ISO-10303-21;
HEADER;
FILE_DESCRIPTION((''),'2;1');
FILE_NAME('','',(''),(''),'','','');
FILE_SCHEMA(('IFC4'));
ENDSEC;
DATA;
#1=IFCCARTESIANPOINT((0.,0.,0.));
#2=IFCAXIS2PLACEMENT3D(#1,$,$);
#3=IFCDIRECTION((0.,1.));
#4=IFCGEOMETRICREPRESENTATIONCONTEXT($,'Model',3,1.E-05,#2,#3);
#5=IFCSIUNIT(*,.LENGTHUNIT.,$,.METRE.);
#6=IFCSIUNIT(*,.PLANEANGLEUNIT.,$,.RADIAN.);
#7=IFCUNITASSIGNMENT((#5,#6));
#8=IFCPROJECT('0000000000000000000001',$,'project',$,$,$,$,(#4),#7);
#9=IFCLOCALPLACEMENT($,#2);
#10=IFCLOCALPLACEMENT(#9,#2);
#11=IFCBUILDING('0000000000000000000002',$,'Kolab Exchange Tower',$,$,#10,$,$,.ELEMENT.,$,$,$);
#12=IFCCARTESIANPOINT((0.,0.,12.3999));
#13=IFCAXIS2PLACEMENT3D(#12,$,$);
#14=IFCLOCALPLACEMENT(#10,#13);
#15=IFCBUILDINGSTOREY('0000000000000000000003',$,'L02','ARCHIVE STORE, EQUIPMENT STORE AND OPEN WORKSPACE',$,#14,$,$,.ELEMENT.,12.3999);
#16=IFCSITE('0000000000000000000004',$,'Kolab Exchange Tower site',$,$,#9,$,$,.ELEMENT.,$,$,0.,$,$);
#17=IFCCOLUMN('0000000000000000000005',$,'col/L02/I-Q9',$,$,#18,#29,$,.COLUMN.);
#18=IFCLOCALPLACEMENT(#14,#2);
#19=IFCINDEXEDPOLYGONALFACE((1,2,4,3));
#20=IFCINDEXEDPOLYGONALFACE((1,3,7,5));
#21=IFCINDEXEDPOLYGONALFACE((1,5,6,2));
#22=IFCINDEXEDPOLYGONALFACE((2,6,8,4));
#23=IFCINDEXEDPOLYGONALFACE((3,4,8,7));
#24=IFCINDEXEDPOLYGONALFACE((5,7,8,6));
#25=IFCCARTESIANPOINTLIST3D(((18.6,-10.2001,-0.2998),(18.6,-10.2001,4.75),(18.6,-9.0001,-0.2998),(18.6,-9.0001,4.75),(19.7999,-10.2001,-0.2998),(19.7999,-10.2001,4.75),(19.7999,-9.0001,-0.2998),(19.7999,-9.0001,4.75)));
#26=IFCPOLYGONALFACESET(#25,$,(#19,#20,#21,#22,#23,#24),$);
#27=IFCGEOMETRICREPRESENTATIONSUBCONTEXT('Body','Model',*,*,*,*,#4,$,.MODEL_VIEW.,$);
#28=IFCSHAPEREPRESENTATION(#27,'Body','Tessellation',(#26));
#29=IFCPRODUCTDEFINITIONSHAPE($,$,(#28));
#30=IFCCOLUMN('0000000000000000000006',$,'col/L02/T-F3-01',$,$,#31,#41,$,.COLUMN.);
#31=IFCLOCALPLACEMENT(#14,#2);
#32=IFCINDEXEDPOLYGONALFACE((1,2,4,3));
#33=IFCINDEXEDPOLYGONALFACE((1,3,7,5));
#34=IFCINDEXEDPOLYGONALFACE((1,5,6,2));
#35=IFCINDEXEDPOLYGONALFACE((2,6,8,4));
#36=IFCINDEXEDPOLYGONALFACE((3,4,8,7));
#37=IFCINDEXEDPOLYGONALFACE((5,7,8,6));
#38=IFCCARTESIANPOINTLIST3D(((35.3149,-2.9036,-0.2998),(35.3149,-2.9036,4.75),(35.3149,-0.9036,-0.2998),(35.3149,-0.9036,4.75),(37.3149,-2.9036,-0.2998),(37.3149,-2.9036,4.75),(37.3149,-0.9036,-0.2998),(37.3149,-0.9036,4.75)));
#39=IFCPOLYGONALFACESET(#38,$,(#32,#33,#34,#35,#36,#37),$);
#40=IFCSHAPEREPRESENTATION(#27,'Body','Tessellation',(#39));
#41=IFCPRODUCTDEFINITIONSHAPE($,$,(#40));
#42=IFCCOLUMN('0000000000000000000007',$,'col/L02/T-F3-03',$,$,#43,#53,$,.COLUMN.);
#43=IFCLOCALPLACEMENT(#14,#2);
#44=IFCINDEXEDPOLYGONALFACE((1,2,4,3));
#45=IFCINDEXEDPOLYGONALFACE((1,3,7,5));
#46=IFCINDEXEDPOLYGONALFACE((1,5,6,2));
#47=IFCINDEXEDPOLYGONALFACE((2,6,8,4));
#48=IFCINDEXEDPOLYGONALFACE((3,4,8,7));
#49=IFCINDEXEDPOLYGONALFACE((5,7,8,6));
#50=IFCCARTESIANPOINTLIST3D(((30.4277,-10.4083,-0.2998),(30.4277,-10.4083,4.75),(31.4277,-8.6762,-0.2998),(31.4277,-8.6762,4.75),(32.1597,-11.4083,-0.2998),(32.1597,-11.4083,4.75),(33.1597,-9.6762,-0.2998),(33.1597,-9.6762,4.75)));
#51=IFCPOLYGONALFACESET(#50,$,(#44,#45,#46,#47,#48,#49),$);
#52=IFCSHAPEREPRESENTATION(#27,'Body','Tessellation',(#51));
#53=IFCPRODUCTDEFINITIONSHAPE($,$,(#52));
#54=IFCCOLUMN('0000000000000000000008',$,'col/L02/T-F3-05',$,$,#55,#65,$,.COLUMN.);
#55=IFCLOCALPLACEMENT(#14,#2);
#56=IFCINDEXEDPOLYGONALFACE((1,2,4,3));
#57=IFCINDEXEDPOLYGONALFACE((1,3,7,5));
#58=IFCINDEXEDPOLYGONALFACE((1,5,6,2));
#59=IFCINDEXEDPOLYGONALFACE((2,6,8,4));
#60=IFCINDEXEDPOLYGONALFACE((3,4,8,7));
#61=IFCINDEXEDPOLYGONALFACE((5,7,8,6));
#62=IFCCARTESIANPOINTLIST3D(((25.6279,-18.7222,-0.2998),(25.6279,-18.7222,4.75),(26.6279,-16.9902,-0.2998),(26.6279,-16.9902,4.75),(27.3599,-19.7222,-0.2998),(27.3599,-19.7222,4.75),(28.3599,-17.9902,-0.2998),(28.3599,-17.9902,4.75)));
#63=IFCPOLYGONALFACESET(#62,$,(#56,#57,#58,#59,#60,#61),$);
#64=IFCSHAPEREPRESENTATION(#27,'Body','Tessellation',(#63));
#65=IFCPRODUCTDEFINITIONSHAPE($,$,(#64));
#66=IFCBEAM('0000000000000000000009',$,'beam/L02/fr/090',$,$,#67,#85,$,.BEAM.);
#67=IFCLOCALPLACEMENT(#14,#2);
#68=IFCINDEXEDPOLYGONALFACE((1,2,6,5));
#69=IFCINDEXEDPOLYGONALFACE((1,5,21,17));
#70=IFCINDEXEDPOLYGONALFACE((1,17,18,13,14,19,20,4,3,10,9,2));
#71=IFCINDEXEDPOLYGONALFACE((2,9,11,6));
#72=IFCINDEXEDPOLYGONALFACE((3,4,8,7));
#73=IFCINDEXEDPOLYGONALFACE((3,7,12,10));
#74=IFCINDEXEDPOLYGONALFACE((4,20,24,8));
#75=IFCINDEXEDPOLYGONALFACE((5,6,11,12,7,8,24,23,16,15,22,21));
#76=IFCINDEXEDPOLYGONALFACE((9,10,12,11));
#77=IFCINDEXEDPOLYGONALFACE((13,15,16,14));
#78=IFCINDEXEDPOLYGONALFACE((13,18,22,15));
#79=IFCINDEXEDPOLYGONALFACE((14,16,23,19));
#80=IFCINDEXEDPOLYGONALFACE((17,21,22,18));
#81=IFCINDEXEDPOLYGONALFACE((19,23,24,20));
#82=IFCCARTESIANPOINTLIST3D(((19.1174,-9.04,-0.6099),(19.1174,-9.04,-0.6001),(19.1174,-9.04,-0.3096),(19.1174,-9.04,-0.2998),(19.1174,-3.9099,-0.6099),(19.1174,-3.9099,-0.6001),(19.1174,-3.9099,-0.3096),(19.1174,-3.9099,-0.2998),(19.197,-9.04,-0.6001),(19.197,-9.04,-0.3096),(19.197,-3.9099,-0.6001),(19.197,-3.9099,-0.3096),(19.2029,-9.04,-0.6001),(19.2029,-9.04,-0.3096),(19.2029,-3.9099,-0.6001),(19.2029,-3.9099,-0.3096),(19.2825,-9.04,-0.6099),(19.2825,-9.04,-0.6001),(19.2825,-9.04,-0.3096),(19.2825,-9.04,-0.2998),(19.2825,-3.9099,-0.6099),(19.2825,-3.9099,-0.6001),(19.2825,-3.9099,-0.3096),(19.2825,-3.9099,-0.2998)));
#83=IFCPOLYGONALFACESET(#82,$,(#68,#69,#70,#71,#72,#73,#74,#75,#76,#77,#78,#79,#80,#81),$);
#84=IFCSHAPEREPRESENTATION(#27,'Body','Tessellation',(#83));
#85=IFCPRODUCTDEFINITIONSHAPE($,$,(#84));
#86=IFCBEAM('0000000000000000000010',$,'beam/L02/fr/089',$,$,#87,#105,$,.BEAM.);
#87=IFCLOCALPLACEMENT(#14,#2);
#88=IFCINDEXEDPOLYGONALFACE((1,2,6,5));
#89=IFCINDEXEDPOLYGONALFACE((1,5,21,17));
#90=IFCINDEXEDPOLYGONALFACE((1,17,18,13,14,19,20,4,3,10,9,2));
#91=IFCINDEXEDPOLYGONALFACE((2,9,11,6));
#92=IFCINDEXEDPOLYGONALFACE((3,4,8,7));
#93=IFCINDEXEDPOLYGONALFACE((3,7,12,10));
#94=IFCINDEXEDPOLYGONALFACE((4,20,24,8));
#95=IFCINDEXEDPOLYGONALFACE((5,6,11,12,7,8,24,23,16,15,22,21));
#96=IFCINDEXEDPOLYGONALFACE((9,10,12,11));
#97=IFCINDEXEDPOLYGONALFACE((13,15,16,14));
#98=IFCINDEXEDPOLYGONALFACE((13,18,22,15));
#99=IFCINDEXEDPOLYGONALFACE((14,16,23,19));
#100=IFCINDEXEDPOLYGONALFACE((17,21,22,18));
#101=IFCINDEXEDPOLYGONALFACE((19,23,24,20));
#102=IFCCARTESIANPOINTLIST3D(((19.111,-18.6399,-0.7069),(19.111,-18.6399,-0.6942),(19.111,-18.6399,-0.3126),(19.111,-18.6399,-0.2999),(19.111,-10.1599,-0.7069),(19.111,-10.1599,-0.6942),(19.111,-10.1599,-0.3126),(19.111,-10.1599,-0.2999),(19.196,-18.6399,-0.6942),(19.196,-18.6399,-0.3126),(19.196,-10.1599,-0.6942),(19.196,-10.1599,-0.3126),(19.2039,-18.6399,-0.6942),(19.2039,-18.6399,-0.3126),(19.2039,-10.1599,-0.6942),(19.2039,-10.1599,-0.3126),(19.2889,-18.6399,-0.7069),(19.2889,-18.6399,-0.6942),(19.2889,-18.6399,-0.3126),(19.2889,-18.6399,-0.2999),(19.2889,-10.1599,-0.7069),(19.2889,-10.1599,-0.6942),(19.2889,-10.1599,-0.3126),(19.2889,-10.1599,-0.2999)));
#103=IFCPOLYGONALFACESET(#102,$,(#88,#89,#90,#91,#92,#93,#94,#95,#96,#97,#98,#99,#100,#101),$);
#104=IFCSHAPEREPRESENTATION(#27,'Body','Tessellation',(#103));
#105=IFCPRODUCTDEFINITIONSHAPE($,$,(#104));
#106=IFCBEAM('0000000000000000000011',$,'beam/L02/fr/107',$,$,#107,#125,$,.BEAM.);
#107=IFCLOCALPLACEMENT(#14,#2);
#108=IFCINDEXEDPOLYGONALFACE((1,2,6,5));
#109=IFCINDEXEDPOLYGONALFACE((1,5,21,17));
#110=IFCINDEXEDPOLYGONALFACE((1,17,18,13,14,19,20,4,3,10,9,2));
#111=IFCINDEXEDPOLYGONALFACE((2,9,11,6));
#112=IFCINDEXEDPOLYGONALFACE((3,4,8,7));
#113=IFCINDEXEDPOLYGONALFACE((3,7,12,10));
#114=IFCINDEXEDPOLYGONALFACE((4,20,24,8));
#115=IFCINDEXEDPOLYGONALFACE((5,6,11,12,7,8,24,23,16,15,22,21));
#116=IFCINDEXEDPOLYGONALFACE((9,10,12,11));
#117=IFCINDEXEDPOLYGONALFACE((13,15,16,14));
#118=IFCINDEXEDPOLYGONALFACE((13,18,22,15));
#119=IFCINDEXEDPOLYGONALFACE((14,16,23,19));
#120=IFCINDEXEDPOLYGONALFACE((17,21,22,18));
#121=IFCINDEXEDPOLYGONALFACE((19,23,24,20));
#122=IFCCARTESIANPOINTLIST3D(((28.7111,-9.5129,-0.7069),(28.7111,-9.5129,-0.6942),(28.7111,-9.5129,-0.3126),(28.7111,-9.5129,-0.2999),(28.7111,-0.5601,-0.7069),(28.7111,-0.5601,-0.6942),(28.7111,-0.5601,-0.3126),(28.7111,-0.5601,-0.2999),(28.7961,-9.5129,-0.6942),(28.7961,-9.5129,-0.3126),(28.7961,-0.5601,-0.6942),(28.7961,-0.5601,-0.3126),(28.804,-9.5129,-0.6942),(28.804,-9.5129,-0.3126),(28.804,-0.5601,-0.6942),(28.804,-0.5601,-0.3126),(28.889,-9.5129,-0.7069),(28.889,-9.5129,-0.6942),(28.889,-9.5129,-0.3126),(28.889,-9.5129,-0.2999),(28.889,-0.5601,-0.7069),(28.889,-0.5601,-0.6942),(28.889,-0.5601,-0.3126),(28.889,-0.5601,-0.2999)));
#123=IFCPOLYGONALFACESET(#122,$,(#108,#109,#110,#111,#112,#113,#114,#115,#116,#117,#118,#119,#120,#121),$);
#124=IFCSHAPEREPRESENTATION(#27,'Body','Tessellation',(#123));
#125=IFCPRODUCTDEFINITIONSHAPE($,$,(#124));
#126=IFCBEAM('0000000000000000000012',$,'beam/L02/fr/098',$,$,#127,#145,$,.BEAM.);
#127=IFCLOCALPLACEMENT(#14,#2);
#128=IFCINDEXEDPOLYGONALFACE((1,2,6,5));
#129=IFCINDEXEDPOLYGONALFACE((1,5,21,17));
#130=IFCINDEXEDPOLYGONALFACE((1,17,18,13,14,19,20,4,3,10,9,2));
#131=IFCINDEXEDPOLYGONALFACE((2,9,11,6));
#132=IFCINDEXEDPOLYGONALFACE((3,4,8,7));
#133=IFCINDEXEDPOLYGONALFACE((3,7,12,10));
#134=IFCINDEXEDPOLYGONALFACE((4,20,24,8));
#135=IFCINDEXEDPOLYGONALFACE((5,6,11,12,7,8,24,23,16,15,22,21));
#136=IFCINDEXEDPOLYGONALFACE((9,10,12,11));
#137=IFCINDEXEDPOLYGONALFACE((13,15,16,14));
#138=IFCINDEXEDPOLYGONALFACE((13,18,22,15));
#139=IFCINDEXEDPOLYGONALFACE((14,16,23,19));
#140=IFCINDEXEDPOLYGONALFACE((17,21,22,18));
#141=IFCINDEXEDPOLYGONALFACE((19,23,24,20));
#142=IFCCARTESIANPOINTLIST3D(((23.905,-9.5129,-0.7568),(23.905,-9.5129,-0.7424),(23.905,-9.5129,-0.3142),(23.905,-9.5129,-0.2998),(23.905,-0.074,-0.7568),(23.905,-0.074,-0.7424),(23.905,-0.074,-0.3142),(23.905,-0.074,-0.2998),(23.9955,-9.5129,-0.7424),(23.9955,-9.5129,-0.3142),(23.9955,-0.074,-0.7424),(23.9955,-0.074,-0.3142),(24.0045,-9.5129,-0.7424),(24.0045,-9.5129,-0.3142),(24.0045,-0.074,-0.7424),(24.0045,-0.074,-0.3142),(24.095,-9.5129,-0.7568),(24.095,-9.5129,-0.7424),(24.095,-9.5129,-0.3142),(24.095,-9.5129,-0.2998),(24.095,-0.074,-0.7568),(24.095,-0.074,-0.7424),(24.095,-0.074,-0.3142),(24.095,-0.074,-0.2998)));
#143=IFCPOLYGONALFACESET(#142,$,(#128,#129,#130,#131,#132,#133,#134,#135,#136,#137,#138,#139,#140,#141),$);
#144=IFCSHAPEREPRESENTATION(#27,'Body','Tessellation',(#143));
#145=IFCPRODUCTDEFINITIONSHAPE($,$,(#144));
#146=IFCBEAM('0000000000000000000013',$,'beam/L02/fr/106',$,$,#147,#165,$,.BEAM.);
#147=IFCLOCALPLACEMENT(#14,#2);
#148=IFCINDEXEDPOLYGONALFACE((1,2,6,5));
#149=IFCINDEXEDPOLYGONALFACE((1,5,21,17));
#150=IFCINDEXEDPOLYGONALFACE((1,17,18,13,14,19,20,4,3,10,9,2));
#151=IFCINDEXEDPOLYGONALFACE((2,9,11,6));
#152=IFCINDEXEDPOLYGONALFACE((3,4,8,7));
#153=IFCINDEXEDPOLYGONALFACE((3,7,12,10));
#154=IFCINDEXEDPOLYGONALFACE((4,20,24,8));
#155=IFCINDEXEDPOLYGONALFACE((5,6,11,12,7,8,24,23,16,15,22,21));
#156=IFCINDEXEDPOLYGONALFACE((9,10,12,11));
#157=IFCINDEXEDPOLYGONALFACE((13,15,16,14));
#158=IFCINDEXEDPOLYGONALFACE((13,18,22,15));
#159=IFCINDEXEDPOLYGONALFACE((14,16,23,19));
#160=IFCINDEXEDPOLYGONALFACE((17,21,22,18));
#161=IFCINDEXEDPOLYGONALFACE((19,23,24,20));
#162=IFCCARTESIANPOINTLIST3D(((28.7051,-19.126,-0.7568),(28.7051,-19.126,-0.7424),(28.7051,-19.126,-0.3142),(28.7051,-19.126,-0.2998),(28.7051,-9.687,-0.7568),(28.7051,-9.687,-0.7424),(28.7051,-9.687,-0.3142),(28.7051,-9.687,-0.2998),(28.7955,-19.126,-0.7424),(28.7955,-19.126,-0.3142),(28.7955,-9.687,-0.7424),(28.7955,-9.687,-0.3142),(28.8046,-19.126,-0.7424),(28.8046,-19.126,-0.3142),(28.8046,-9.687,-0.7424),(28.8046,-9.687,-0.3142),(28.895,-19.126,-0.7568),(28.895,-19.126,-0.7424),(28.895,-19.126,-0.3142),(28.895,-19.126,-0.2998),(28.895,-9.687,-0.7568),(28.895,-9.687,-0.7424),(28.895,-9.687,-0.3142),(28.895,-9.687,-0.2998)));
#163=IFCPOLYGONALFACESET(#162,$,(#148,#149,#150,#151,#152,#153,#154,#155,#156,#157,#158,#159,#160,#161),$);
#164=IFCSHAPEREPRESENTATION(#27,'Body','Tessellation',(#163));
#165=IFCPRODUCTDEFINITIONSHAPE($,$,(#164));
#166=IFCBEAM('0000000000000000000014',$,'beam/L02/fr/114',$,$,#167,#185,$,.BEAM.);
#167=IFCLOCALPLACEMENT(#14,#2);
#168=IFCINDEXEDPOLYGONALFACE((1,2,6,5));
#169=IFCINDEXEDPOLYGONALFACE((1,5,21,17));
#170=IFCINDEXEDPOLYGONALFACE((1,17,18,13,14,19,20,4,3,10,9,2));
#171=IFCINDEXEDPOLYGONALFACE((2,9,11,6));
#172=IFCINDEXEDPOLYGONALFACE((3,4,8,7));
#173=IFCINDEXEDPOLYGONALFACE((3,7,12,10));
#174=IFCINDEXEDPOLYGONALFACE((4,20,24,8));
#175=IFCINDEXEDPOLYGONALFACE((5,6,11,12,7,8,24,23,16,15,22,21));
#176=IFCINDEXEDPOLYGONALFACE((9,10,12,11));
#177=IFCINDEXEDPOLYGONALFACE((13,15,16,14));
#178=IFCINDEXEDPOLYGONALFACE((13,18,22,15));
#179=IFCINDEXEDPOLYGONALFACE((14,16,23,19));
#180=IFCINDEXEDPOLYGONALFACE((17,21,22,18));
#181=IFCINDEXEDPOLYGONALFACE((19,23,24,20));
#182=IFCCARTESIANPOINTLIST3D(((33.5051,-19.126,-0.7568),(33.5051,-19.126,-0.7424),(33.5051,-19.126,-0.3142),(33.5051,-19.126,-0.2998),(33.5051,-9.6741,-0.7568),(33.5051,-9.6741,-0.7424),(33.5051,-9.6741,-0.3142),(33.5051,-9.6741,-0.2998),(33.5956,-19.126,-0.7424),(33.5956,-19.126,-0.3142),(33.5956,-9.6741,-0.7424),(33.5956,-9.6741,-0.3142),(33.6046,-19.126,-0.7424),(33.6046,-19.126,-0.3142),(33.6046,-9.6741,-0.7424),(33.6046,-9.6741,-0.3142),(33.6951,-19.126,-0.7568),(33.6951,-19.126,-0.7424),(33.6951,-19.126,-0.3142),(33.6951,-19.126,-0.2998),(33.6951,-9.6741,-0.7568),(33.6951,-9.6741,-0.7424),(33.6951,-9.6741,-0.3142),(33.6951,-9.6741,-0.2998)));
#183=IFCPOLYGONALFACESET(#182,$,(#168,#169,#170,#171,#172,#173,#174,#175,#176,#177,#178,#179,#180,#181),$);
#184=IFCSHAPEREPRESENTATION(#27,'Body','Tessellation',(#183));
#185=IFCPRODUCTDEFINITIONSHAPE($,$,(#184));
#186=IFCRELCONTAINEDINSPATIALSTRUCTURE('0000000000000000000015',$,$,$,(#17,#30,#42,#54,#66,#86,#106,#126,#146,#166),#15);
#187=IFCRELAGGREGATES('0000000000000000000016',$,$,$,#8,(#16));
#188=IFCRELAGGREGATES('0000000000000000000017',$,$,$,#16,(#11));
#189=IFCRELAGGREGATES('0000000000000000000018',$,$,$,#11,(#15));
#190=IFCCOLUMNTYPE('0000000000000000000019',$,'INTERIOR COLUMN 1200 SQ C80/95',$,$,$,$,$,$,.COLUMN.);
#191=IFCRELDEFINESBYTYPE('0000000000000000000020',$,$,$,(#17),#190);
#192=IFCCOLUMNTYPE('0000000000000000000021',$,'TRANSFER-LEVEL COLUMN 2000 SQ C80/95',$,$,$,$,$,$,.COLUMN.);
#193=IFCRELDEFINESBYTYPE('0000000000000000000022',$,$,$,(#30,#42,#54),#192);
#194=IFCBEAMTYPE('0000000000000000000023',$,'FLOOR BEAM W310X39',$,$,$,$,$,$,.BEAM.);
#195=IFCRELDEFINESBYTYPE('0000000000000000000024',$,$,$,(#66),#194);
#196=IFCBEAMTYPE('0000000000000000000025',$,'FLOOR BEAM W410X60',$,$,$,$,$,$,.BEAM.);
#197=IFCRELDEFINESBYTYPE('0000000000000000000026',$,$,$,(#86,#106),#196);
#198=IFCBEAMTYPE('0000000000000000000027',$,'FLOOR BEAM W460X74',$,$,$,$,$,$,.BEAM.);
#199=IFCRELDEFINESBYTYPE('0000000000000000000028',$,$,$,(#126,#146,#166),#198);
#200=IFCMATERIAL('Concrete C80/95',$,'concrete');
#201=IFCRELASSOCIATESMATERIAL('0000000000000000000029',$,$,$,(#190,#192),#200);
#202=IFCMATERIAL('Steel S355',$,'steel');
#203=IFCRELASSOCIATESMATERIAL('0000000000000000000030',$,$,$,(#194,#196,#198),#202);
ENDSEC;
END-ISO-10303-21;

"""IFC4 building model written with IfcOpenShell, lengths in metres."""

from ifc_helpers import new_model, si_unit, direction, frame, origin, origin_2d, place, context, subcontext, project, spatial, rectangle, i_section, extrude, material, material_profile, profile_set, type_object, element, save


model = new_model("IFC4")

# Units and contexts
model_context = context("Model", 3, precision=1e-05, world=origin(), true_north=direction((0.0, 1.0)))
body_context = subcontext(model_context, "Body", "Model", "MODEL_VIEW")
ifc_project = project(units=[si_unit("LENGTHUNIT", "METRE"), si_unit("PLANEANGLEUNIT", "RADIAN")], contexts=[model_context])

# Site, building, storey
site_placement = place(None, origin())
site = spatial("IfcSite", under=ifc_project, at=site_placement, Name="Kolab Exchange Tower site", CompositionType="ELEMENT", RefElevation=0.0)
building_placement = place(site_placement, origin())
building = spatial("IfcBuilding", under=site, at=building_placement, Name="Kolab Exchange Tower", CompositionType="ELEMENT")
storey_placement = place(building_placement, frame((0.0, 0.0, 12.3999)))
storey = spatial("IfcBuildingStorey", under=building, at=storey_placement, Name="L02", Description="ARCHIVE STORE, EQUIPMENT STORE AND OPEN WORKSPACE", CompositionType="ELEMENT", Elevation=12.3999)

# Columns
ifc_material_1 = material(Name="Concrete C80/95", Category="concrete")
ifc_material_profile_1 = material_profile(ifc_material_1, rectangle(XDim=1.2, YDim=1.2, at=origin_2d()), Name="RC1200")
ifc_profile_set_1 = profile_set([ifc_material_profile_1], Name="Concrete C80/95")
column_type_1 = type_object("IfcColumnType", Name="INTERIOR COLUMN 1200 SQ C80/95", PredefinedType="COLUMN", material=ifc_profile_set_1)
column_placement = place(storey_placement, frame((19.2, -9.6001, -0.2998), z_axis=(0.0, 0.0, 1.0), x_axis=(1.0, 0.0, 0.0)))
element("IfcColumn", 1, at=column_placement, inside=storey, type_object=column_type_1, Name="col/L02/I-Q9", PredefinedType="COLUMN", context=body_context, shape_type="SweptSolid", body=[
    extrude(rectangle(XDim=1.2, YDim=1.2, at=origin_2d()), origin(), (0.0, 0.0, 1.0), 5.0498),
])
ifc_material_profile_2 = material_profile(ifc_material_1, rectangle(XDim=2.0, YDim=2.0, at=origin_2d()), Name="RC2000")
ifc_profile_set_2 = profile_set([ifc_material_profile_2], Name="Concrete C80/95")
column_type_2 = type_object("IfcColumnType", Name="TRANSFER-LEVEL COLUMN 2000 SQ C80/95", PredefinedType="COLUMN", material=ifc_profile_set_2)
for number, where, z_axis, x_axis, name in (
    (2, (36.3149, -1.9036, -0.2998), (0.0, 0.0, 1.0), (1.0, 0.0, 0.0), "col/L02/T-F3-01"),
    (3, (31.7937, -10.0422, -0.2998), (0.0, 0.0, 1.0), (0.5, 0.866025, 0.0), "col/L02/T-F3-03"),
    (4, (26.9939, -18.3562, -0.2998), (0.0, 0.0, 1.0), (0.5, 0.866025, 0.0), "col/L02/T-F3-05"),
):
    element("IfcColumn", number, at=place(storey_placement, frame(where, z_axis=z_axis, x_axis=x_axis)), inside=storey, type_object=column_type_2, Name=name, PredefinedType="COLUMN", context=body_context, shape_type="SweptSolid", body=[
        extrude(rectangle(XDim=2.0, YDim=2.0, at=origin_2d()), origin(), (0.0, 0.0, 1.0), 5.0498),
    ])

# Beams
ifc_material_2 = material(Name="Steel S355", Category="steel")
ifc_material_profile_3 = material_profile(ifc_material_2, i_section(OverallWidth=0.165, OverallDepth=0.3101, WebThickness=0.0059, FlangeThickness=0.0098, at=origin_2d()), Name="W310X39")
ifc_profile_set_3 = profile_set([ifc_material_profile_3], Name="Steel S355")
beam_type_1 = type_object("IfcBeamType", Name="FLOOR BEAM W310X39", PredefinedType="BEAM", material=ifc_profile_set_3)
beam_1_placement = place(storey_placement, frame((19.2, -9.04, -0.4548), z_axis=(0.0, 1.0, 0.0), x_axis=(-1.0, 0.0, 0.0)))
element("IfcBeam", 5, at=beam_1_placement, inside=storey, type_object=beam_type_1, Name="beam/L02/fr/090", PredefinedType="BEAM", context=body_context, shape_type="SweptSolid", body=[
    extrude(i_section(OverallWidth=0.165, OverallDepth=0.3101, WebThickness=0.0059, FlangeThickness=0.0098, at=origin_2d()), origin(), (0.0, 0.0, 1.0), 5.1301),
])
ifc_material_profile_4 = material_profile(ifc_material_2, i_section(OverallWidth=0.178, OverallDepth=0.407, WebThickness=0.0078, FlangeThickness=0.0127, at=origin_2d()), Name="W410X60")
ifc_profile_set_4 = profile_set([ifc_material_profile_4], Name="Steel S355")
beam_type_2 = type_object("IfcBeamType", Name="FLOOR BEAM W410X60", PredefinedType="BEAM", material=ifc_profile_set_4)
beam_2_placement = place(storey_placement, frame((19.2, -18.6399, -0.5034), z_axis=(0.0, 1.0, 0.0), x_axis=(-1.0, 0.0, 0.0)))
element("IfcBeam", 6, at=beam_2_placement, inside=storey, type_object=beam_type_2, Name="beam/L02/fr/089", PredefinedType="BEAM", context=body_context, shape_type="SweptSolid", body=[
    extrude(i_section(OverallWidth=0.178, OverallDepth=0.407, WebThickness=0.0078, FlangeThickness=0.0127, at=origin_2d()), origin(), (0.0, 0.0, 1.0), 8.48),
])
beam_3_placement = place(storey_placement, frame((28.8, -9.5129, -0.5034), z_axis=(0.0, 1.0, 0.0), x_axis=(-1.0, 0.0, 0.0)))
element("IfcBeam", 7, at=beam_3_placement, inside=storey, type_object=beam_type_2, Name="beam/L02/fr/107", PredefinedType="BEAM", context=body_context, shape_type="SweptSolid", body=[
    extrude(i_section(OverallWidth=0.178, OverallDepth=0.407, WebThickness=0.0078, FlangeThickness=0.0127, at=origin_2d()), origin(), (0.0, 0.0, 1.0), 8.9529),
])
ifc_material_profile_5 = material_profile(ifc_material_2, i_section(OverallWidth=0.1899, OverallDepth=0.457, WebThickness=0.009, FlangeThickness=0.0144, at=origin_2d()), Name="W460X74")
ifc_profile_set_5 = profile_set([ifc_material_profile_5], Name="Steel S355")
beam_type_3 = type_object("IfcBeamType", Name="FLOOR BEAM W460X74", PredefinedType="BEAM", material=ifc_profile_set_5)
for number, where, z_axis, x_axis, name in (
    (8, (24.0, -9.5129, -0.5283), (0.0, 1.0, 0.0), (-1.0, 0.0, 0.0), "beam/L02/fr/098"),
    (9, (28.8, -19.126, -0.5283), (0.0, 1.0, 0.0), (-1.0, 0.0, 0.0), "beam/L02/fr/106"),
):
    element("IfcBeam", number, at=place(storey_placement, frame(where, z_axis=z_axis, x_axis=x_axis)), inside=storey, type_object=beam_type_3, Name=name, PredefinedType="BEAM", context=body_context, shape_type="SweptSolid", body=[
        extrude(i_section(OverallWidth=0.1899, OverallDepth=0.457, WebThickness=0.009, FlangeThickness=0.0144, at=origin_2d()), origin(), (0.0, 0.0, 1.0), 9.439),
    ])
beam_4_placement = place(storey_placement, frame((33.6001, -19.126, -0.5283), z_axis=(0.0, 1.0, 0.0), x_axis=(-1.0, 0.0, 0.0)))
element("IfcBeam", 10, at=beam_4_placement, inside=storey, type_object=beam_type_3, Name="beam/L02/fr/114", PredefinedType="BEAM", context=body_context, shape_type="SweptSolid", body=[
    extrude(i_section(OverallWidth=0.1899, OverallDepth=0.457, WebThickness=0.009, FlangeThickness=0.0144, at=origin_2d()), origin(), (0.0, 0.0, 1.0), 9.4519),
])

save(model, "model.ifc")
